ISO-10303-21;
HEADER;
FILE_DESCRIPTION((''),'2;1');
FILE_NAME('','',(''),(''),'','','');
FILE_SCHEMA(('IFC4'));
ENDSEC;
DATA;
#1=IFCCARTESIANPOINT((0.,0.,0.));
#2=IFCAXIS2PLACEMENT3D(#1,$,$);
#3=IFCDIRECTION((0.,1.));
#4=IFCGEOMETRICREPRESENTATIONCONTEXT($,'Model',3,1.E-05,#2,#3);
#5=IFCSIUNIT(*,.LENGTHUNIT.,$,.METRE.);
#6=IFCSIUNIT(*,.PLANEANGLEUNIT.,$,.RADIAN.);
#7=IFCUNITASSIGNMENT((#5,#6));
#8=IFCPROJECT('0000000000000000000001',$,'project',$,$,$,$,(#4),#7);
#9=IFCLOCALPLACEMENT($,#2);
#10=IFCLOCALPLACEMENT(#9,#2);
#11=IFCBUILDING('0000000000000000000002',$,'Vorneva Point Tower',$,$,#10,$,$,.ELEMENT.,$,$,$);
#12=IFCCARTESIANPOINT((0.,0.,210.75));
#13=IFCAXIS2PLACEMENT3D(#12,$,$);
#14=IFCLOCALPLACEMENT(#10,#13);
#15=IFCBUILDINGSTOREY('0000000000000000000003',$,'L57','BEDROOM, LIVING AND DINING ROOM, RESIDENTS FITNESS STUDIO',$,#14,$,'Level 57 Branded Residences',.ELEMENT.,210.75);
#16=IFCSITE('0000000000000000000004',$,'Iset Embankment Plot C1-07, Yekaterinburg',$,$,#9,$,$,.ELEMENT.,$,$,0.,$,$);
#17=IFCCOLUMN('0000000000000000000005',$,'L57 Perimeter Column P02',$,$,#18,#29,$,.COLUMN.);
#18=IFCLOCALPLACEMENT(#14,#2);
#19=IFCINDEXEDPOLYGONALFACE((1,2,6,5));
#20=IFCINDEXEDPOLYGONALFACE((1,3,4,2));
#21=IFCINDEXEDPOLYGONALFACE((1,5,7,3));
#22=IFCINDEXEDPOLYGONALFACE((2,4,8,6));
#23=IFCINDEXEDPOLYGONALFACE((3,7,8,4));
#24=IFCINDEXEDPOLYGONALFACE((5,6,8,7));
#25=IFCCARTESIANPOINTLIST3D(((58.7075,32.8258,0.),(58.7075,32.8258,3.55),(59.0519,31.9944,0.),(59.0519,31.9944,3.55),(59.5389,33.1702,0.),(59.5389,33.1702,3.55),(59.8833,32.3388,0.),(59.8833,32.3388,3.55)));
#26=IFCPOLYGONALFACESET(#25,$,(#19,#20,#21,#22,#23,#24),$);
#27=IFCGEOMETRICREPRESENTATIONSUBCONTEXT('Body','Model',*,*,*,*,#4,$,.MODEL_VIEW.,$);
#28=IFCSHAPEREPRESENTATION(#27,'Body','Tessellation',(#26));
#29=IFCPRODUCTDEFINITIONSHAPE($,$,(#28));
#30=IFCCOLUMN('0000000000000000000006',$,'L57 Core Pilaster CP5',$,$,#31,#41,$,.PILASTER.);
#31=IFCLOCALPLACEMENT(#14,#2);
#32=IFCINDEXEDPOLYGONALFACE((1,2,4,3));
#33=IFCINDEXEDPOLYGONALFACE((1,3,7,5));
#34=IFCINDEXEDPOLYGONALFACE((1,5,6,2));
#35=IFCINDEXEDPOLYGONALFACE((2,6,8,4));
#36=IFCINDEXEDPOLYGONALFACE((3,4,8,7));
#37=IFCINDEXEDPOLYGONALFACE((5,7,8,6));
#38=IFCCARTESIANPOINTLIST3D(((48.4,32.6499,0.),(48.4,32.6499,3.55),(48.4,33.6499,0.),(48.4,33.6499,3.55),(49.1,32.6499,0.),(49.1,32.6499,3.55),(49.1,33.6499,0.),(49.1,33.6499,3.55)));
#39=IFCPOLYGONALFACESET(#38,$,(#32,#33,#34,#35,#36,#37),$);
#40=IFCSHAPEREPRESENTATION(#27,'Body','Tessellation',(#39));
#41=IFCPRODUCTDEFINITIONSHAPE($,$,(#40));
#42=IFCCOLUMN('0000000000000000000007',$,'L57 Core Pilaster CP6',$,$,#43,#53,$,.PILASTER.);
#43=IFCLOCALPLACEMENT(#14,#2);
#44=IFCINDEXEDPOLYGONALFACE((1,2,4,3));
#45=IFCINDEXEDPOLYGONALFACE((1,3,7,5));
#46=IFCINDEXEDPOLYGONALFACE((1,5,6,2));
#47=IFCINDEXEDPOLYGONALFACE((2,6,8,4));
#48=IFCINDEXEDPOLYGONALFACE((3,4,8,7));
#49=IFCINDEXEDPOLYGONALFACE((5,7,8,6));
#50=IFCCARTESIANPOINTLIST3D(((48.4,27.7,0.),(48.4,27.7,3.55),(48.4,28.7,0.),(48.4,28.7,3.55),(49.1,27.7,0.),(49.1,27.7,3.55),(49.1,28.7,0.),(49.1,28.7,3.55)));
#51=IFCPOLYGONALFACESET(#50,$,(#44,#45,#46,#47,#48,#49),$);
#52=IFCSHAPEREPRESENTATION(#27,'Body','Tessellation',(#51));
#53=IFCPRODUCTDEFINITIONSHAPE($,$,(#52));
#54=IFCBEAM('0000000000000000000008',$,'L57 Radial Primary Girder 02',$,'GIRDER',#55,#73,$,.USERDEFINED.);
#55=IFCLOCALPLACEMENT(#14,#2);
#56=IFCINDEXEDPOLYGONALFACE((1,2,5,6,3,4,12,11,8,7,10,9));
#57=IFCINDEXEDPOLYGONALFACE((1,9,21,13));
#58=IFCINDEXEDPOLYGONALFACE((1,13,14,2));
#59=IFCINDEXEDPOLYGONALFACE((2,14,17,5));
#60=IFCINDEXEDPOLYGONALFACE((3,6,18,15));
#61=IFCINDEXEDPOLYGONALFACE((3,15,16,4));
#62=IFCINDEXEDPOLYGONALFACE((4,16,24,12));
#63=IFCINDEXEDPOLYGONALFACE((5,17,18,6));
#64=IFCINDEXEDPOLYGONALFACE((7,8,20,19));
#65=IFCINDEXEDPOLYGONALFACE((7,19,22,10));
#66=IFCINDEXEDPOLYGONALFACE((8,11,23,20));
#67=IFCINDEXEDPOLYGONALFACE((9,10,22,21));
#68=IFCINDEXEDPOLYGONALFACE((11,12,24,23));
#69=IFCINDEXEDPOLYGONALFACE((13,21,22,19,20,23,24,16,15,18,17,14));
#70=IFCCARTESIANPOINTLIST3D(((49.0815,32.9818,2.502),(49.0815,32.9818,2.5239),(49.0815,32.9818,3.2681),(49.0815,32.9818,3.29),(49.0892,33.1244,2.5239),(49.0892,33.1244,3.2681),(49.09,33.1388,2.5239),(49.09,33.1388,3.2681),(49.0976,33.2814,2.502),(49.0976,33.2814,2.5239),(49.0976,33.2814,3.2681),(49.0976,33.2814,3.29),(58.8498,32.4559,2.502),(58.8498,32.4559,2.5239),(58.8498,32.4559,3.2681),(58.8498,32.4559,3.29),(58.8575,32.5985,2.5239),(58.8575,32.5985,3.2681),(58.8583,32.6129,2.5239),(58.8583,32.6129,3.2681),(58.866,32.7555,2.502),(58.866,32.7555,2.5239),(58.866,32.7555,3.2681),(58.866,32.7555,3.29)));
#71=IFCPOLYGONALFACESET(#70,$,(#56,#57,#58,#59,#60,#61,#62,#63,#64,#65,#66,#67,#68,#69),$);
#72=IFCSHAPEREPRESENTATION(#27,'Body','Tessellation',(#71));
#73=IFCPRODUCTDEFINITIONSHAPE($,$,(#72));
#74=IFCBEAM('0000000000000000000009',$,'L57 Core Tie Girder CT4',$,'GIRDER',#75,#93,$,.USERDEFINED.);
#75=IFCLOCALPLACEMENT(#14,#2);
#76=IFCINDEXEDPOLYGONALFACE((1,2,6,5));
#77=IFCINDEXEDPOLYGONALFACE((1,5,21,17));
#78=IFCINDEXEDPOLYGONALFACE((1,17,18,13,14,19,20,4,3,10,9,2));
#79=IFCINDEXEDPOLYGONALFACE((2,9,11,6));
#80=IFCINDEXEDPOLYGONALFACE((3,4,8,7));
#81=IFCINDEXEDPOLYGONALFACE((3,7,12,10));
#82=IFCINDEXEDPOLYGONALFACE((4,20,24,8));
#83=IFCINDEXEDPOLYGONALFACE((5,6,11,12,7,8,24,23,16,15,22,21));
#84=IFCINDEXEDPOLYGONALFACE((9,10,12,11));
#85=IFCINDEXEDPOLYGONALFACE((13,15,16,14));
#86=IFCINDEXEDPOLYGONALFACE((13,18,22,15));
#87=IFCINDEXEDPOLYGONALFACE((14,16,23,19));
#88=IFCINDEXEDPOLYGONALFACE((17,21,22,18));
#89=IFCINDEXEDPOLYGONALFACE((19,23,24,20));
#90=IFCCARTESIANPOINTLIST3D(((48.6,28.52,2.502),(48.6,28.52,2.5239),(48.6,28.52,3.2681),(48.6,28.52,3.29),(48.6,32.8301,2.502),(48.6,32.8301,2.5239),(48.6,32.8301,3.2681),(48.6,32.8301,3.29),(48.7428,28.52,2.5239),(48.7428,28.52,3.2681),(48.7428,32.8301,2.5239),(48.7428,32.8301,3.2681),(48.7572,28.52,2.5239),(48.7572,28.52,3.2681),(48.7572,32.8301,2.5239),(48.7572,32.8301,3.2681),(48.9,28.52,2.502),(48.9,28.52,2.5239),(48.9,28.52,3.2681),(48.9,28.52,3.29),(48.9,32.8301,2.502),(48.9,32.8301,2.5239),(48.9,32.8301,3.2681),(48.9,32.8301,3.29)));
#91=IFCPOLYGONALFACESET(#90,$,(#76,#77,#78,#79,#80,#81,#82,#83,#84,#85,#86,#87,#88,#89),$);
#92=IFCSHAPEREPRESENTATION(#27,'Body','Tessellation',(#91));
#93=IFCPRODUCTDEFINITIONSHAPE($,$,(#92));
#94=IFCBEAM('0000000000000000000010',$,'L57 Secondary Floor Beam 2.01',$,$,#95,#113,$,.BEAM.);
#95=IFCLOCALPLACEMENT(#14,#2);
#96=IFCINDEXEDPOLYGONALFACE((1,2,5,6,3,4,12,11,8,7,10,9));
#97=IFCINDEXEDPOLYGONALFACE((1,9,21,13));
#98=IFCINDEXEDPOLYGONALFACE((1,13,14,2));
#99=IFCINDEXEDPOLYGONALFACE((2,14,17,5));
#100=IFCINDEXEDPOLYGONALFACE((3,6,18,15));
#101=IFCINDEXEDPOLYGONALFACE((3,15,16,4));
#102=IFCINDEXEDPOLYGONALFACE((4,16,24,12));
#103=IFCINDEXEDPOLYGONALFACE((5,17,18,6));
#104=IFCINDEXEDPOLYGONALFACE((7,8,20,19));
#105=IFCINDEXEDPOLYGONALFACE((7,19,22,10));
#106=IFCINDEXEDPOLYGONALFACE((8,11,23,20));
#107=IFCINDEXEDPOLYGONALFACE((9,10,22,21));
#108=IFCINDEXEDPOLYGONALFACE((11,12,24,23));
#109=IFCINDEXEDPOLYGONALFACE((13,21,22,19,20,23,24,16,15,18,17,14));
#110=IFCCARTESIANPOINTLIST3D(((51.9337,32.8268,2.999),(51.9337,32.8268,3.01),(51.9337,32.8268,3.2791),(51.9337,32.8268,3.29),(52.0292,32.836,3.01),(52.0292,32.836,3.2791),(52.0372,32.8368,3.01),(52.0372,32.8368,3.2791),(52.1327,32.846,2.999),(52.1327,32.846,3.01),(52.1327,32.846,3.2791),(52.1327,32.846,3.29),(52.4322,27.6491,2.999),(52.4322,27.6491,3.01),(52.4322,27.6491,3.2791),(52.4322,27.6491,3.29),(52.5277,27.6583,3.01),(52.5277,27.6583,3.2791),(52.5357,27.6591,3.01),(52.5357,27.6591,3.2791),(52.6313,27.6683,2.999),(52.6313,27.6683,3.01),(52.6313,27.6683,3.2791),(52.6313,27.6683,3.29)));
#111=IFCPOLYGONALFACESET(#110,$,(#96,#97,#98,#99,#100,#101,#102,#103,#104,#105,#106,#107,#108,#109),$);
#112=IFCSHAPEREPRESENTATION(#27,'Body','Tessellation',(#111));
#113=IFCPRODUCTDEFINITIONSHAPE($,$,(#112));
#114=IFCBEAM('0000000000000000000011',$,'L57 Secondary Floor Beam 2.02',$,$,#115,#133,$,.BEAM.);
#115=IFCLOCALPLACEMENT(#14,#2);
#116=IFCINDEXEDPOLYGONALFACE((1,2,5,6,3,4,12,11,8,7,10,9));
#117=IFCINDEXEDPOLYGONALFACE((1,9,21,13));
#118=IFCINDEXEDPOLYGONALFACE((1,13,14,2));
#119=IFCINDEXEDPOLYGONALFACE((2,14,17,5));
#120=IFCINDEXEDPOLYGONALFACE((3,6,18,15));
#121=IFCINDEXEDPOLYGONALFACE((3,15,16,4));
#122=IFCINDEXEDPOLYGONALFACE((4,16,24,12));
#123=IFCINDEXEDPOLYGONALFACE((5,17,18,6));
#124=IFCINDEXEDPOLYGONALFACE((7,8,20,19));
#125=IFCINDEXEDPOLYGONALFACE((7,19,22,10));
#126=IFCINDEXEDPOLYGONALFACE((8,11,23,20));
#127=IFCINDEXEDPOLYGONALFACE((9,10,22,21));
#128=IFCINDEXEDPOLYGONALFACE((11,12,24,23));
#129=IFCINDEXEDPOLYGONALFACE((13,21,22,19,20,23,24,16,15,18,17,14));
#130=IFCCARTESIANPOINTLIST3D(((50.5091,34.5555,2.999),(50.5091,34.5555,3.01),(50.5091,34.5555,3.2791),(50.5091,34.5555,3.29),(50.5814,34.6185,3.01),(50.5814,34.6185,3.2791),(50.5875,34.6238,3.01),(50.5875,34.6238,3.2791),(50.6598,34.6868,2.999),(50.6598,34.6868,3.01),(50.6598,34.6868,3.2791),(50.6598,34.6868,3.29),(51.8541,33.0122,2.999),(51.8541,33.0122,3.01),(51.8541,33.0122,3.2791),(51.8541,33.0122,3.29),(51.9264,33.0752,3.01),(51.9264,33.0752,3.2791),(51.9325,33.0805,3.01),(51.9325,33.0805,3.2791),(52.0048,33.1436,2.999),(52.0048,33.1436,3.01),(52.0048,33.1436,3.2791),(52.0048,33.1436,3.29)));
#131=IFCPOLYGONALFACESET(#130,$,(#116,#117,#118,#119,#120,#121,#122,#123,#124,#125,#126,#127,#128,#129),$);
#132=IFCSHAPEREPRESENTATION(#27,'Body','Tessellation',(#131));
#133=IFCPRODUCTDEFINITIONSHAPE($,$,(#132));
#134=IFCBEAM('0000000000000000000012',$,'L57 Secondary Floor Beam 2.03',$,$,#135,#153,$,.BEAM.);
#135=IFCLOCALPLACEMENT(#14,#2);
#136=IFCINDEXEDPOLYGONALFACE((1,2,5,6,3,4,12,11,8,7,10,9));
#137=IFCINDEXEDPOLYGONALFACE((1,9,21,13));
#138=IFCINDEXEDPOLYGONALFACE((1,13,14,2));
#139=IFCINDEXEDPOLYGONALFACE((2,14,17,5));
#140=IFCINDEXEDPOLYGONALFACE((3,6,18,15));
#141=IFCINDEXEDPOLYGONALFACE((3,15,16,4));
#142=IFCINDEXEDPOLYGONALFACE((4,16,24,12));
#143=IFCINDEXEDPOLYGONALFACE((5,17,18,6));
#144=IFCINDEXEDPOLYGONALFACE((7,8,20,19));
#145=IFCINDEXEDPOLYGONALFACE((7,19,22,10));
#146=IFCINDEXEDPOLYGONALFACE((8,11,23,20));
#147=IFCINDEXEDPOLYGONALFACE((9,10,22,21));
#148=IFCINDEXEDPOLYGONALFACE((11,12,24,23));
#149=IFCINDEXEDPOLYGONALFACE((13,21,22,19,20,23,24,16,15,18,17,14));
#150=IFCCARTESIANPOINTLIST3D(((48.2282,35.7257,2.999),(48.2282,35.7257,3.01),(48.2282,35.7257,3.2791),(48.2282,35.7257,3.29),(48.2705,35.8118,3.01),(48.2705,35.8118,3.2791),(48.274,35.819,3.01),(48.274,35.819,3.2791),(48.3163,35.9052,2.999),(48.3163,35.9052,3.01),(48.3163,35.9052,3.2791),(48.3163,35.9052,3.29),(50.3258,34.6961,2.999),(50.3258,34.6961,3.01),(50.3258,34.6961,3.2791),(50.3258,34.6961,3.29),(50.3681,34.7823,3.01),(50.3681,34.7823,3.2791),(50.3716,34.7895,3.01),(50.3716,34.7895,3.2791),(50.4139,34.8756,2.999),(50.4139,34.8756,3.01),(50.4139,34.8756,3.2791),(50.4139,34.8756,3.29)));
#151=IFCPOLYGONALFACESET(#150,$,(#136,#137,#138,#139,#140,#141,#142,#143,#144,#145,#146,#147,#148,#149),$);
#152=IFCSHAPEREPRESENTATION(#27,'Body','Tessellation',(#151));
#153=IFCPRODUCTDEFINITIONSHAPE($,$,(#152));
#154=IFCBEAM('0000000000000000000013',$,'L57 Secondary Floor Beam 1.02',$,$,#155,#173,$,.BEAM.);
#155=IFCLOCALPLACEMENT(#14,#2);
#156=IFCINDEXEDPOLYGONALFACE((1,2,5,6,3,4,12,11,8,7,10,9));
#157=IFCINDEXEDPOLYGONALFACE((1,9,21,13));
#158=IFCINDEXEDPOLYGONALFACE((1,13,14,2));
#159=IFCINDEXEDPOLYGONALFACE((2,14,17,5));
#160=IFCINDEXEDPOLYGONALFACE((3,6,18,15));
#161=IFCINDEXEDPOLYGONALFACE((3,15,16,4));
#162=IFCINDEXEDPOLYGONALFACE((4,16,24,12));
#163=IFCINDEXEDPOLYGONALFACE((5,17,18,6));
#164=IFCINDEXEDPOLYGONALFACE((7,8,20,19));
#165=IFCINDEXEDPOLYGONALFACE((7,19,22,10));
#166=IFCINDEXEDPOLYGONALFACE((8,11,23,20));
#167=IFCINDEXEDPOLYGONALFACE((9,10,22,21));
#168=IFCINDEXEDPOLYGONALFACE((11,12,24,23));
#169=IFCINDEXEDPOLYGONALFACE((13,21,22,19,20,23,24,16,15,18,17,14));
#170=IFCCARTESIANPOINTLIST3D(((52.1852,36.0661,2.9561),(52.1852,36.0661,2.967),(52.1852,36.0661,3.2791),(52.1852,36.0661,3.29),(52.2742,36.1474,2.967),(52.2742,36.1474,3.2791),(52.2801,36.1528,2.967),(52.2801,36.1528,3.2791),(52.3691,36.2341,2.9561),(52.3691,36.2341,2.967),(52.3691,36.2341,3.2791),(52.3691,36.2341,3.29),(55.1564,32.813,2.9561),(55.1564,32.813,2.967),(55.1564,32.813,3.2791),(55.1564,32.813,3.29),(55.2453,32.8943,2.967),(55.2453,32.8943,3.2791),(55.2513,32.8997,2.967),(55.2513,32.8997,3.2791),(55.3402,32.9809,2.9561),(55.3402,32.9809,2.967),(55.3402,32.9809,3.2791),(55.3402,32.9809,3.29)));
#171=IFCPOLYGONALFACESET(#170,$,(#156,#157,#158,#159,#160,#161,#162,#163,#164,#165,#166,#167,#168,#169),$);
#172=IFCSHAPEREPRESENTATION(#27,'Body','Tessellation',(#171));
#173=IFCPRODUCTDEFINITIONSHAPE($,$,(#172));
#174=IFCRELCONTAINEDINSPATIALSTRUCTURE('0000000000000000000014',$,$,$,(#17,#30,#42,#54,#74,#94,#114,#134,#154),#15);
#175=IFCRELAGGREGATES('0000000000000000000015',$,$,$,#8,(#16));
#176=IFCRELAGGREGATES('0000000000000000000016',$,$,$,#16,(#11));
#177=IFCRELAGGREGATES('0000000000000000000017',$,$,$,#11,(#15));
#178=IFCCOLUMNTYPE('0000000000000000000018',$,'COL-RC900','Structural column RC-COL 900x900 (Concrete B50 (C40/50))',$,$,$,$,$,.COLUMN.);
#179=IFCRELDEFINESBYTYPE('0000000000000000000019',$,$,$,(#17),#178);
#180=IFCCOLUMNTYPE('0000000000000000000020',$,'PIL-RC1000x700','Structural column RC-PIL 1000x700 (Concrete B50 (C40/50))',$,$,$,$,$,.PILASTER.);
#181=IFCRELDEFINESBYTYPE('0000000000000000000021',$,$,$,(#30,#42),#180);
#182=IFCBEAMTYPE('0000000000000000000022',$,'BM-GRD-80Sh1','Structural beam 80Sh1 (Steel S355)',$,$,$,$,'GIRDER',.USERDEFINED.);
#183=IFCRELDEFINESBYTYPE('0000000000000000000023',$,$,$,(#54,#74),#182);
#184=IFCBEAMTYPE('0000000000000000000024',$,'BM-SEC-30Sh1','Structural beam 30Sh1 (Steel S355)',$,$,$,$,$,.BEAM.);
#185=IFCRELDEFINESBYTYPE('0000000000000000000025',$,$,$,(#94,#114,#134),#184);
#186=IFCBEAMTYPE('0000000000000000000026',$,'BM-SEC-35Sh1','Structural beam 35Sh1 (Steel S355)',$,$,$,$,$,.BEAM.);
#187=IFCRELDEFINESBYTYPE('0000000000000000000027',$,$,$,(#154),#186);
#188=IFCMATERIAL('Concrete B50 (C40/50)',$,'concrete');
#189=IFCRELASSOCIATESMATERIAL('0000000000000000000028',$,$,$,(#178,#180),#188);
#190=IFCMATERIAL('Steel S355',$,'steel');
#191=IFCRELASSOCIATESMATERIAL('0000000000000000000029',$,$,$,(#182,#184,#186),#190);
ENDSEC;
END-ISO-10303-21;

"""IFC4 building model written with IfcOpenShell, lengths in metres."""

from ifc_helpers import new_model, si_unit, direction, frame, origin, origin_2d, place, context, subcontext, project, spatial, rectangle, i_section, extrude, material, material_profile, profile_set, type_object, element, save


model = new_model("IFC4")

# Units and contexts
model_context = context("Model", 3, precision=1e-05, world=origin(), true_north=direction((0.0, 1.0)))
body_context = subcontext(model_context, "Body", "Model", "MODEL_VIEW")
ifc_project = project(units=[si_unit("LENGTHUNIT", "METRE"), si_unit("PLANEANGLEUNIT", "RADIAN")], contexts=[model_context])

# Site, building, storey
site_placement = place(None, origin())
site = spatial("IfcSite", under=ifc_project, at=site_placement, Name="Iset Embankment Plot C1-07, Yekaterinburg", CompositionType="ELEMENT", RefElevation=0.0)
building_placement = place(site_placement, origin())
building = spatial("IfcBuilding", under=site, at=building_placement, Name="Vorneva Point Tower", CompositionType="ELEMENT")
storey_placement = place(building_placement, frame((0.0, 0.0, 210.75)))
storey = spatial("IfcBuildingStorey", under=building, at=storey_placement, Name="L57", Description="BEDROOM, LIVING AND DINING ROOM, RESIDENTS FITNESS STUDIO", LongName="Level 57 Branded Residences", CompositionType="ELEMENT", Elevation=210.75)

# Columns
ifc_material_1 = material(Name="Concrete B50 (C40/50)", Category="concrete")
ifc_material_profile_1 = material_profile(ifc_material_1, rectangle(XDim=0.8999, YDim=0.8999, at=origin_2d()), Name="RC-COL 900x900")
ifc_profile_set_1 = profile_set([ifc_material_profile_1], Name="Concrete B50 (C40/50)")
column_type_1 = type_object("IfcColumnType", Name="COL-RC900", Description="Structural column RC-COL 900x900 (Concrete B50 (C40/50))", PredefinedType="COLUMN", material=ifc_profile_set_1)
column_placement = place(storey_placement, frame((59.2954, 32.5823, 0.0), z_axis=(0.0, 0.0, 1.0), x_axis=(0.92388, 0.382683, 0.0)))
element("IfcColumn", 1, at=column_placement, inside=storey, type_object=column_type_1, Name="L57 Perimeter Column P02", PredefinedType="COLUMN", context=body_context, shape_type="SweptSolid", body=[
    extrude(rectangle(XDim=0.8999, YDim=0.8999, at=origin_2d()), origin(), (0.0, 0.0, 1.0), 3.55),
])
ifc_material_profile_2 = material_profile(ifc_material_1, rectangle(XDim=0.7, YDim=1.0, at=origin_2d()), Name="RC-PIL 1000x700")
ifc_profile_set_2 = profile_set([ifc_material_profile_2], Name="Concrete B50 (C40/50)")
column_type_2 = type_object("IfcColumnType", Name="PIL-RC1000x700", Description="Structural column RC-PIL 1000x700 (Concrete B50 (C40/50))", PredefinedType="PILASTER", material=ifc_profile_set_2)
for number, where, z_axis, x_axis, name in (
    (2, (48.75, 33.1499, 0.0), (0.0, 0.0, 1.0), (1.0, 0.0, 0.0), "L57 Core Pilaster CP5"),
    (3, (48.75, 28.2, 0.0), (0.0, 0.0, 1.0), (1.0, 0.0, 0.0), "L57 Core Pilaster CP6"),
):
    element("IfcColumn", number, at=place(storey_placement, frame(where, z_axis=z_axis, x_axis=x_axis)), inside=storey, type_object=column_type_2, Name=name, PredefinedType="PILASTER", context=body_context, shape_type="SweptSolid", body=[
        extrude(rectangle(XDim=0.7, YDim=1.0, at=origin_2d()), origin(), (0.0, 0.0, 1.0), 3.55),
    ])

# Beams
ifc_material_2 = material(Name="Steel S355", Category="steel")
ifc_material_profile_3 = material_profile(ifc_material_2, i_section(OverallWidth=0.3, OverallDepth=0.7881, WebThickness=0.0144, FlangeThickness=0.022, at=origin_2d()), Name="80Sh1")
ifc_profile_set_3 = profile_set([ifc_material_profile_3], Name="Steel S355")
beam_type_1 = type_object("IfcBeamType", Name="BM-GRD-80Sh1", Description="Structural beam 80Sh1 (Steel S355)", ElementType="GIRDER", PredefinedType="USERDEFINED", material=ifc_profile_set_3)
beam_1_placement = place(storey_placement, frame((58.8579, 32.6057, 2.896), z_axis=(-0.998554, 0.053757, 0.0), x_axis=(-0.053757, -0.998554, 0.0)))
element("IfcBeam", 4, at=beam_1_placement, inside=storey, type_object=beam_type_1, Name="L57 Radial Primary Girder 02", ObjectType="GIRDER", PredefinedType="USERDEFINED", context=body_context, shape_type="SweptSolid", body=[
    extrude(i_section(OverallWidth=0.3, OverallDepth=0.7881, WebThickness=0.0144, FlangeThickness=0.022, at=origin_2d()), origin(), (0.0, 0.0, 1.0), 9.7825),
])
beam_2_placement = place(storey_placement, frame((48.75, 28.52, 2.896), z_axis=(0.0, 1.0, 0.0), x_axis=(-1.0, 0.0, 0.0)))
element("IfcBeam", 5, at=beam_2_placement, inside=storey, type_object=beam_type_1, Name="L57 Core Tie Girder CT4", ObjectType="GIRDER", PredefinedType="USERDEFINED", context=body_context, shape_type="SweptSolid", body=[
    extrude(i_section(OverallWidth=0.3, OverallDepth=0.7881, WebThickness=0.0144, FlangeThickness=0.022, at=origin_2d()), origin(), (0.0, 0.0, 1.0), 4.3101),
])
ifc_material_profile_4 = material_profile(ifc_material_2, i_section(OverallWidth=0.2, OverallDepth=0.291, WebThickness=0.0081, FlangeThickness=0.011, at=origin_2d()), Name="30Sh1")
ifc_profile_set_4 = profile_set([ifc_material_profile_4], Name="Steel S355")
beam_type_2 = type_object("IfcBeamType", Name="BM-SEC-30Sh1", Description="Structural beam 30Sh1 (Steel S355)", PredefinedType="BEAM", material=ifc_profile_set_4)
beam_3_placement = place(storey_placement, frame((52.5317, 27.6587, 3.1445), z_axis=(-0.095841, 0.995397, 0.0), x_axis=(-0.995397, -0.095841, 0.0)))
element("IfcBeam", 6, at=beam_3_placement, inside=storey, type_object=beam_type_2, Name="L57 Secondary Floor Beam 2.01", PredefinedType="BEAM", context=body_context, shape_type="SweptSolid", body=[
    extrude(i_section(OverallWidth=0.2, OverallDepth=0.291, WebThickness=0.0081, FlangeThickness=0.011, at=origin_2d()), origin(), (0.0, 0.0, 1.0), 5.2017),
])
beam_4_placement = place(storey_placement, frame((51.9294, 33.0779, 3.1445), z_axis=(-0.657026, 0.753868, 0.0), x_axis=(-0.753868, -0.657026, 0.0)))
element("IfcBeam", 7, at=beam_4_placement, inside=storey, type_object=beam_type_2, Name="L57 Secondary Floor Beam 2.02", PredefinedType="BEAM", context=body_context, shape_type="SweptSolid", body=[
    extrude(i_section(OverallWidth=0.2, OverallDepth=0.291, WebThickness=0.0081, FlangeThickness=0.011, at=origin_2d()), origin(), (0.0, 0.0, 1.0), 2.0471),
])
beam_5_placement = place(storey_placement, frame((50.3699, 34.7859, 3.1445), z_axis=(-0.897704, 0.440598, 0.0), x_axis=(-0.440598, -0.897704, 0.0)))
element("IfcBeam", 8, at=beam_5_placement, inside=storey, type_object=beam_type_2, Name="L57 Secondary Floor Beam 2.03", PredefinedType="BEAM", context=body_context, shape_type="SweptSolid", body=[
    extrude(i_section(OverallWidth=0.2, OverallDepth=0.291, WebThickness=0.0081, FlangeThickness=0.011, at=origin_2d()), origin(), (0.0, 0.0, 1.0), 2.3367),
])
ifc_material_profile_5 = material_profile(ifc_material_2, i_section(OverallWidth=0.249, OverallDepth=0.334, WebThickness=0.0081, FlangeThickness=0.011, at=origin_2d()), Name="35Sh1")
ifc_profile_set_5 = profile_set([ifc_material_profile_5], Name="Steel S355")
beam_type_3 = type_object("IfcBeamType", Name="BM-SEC-35Sh1", Description="Structural beam 35Sh1 (Steel S355)", PredefinedType="BEAM", material=ifc_profile_set_5)
beam_6_placement = place(storey_placement, frame((55.2483, 32.897, 3.123), z_axis=(-0.674381, 0.738384, 0.0), x_axis=(-0.738384, -0.674381, 0.0)))
element("IfcBeam", 9, at=beam_6_placement, inside=storey, type_object=beam_type_3, Name="L57 Secondary Floor Beam 1.02", PredefinedType="BEAM", context=body_context, shape_type="SweptSolid", body=[
    extrude(i_section(OverallWidth=0.249, OverallDepth=0.334, WebThickness=0.0081, FlangeThickness=0.011, at=origin_2d()), origin(), (0.0, 0.0, 1.0), 4.4058),
])

save(model, "model.ifc")
